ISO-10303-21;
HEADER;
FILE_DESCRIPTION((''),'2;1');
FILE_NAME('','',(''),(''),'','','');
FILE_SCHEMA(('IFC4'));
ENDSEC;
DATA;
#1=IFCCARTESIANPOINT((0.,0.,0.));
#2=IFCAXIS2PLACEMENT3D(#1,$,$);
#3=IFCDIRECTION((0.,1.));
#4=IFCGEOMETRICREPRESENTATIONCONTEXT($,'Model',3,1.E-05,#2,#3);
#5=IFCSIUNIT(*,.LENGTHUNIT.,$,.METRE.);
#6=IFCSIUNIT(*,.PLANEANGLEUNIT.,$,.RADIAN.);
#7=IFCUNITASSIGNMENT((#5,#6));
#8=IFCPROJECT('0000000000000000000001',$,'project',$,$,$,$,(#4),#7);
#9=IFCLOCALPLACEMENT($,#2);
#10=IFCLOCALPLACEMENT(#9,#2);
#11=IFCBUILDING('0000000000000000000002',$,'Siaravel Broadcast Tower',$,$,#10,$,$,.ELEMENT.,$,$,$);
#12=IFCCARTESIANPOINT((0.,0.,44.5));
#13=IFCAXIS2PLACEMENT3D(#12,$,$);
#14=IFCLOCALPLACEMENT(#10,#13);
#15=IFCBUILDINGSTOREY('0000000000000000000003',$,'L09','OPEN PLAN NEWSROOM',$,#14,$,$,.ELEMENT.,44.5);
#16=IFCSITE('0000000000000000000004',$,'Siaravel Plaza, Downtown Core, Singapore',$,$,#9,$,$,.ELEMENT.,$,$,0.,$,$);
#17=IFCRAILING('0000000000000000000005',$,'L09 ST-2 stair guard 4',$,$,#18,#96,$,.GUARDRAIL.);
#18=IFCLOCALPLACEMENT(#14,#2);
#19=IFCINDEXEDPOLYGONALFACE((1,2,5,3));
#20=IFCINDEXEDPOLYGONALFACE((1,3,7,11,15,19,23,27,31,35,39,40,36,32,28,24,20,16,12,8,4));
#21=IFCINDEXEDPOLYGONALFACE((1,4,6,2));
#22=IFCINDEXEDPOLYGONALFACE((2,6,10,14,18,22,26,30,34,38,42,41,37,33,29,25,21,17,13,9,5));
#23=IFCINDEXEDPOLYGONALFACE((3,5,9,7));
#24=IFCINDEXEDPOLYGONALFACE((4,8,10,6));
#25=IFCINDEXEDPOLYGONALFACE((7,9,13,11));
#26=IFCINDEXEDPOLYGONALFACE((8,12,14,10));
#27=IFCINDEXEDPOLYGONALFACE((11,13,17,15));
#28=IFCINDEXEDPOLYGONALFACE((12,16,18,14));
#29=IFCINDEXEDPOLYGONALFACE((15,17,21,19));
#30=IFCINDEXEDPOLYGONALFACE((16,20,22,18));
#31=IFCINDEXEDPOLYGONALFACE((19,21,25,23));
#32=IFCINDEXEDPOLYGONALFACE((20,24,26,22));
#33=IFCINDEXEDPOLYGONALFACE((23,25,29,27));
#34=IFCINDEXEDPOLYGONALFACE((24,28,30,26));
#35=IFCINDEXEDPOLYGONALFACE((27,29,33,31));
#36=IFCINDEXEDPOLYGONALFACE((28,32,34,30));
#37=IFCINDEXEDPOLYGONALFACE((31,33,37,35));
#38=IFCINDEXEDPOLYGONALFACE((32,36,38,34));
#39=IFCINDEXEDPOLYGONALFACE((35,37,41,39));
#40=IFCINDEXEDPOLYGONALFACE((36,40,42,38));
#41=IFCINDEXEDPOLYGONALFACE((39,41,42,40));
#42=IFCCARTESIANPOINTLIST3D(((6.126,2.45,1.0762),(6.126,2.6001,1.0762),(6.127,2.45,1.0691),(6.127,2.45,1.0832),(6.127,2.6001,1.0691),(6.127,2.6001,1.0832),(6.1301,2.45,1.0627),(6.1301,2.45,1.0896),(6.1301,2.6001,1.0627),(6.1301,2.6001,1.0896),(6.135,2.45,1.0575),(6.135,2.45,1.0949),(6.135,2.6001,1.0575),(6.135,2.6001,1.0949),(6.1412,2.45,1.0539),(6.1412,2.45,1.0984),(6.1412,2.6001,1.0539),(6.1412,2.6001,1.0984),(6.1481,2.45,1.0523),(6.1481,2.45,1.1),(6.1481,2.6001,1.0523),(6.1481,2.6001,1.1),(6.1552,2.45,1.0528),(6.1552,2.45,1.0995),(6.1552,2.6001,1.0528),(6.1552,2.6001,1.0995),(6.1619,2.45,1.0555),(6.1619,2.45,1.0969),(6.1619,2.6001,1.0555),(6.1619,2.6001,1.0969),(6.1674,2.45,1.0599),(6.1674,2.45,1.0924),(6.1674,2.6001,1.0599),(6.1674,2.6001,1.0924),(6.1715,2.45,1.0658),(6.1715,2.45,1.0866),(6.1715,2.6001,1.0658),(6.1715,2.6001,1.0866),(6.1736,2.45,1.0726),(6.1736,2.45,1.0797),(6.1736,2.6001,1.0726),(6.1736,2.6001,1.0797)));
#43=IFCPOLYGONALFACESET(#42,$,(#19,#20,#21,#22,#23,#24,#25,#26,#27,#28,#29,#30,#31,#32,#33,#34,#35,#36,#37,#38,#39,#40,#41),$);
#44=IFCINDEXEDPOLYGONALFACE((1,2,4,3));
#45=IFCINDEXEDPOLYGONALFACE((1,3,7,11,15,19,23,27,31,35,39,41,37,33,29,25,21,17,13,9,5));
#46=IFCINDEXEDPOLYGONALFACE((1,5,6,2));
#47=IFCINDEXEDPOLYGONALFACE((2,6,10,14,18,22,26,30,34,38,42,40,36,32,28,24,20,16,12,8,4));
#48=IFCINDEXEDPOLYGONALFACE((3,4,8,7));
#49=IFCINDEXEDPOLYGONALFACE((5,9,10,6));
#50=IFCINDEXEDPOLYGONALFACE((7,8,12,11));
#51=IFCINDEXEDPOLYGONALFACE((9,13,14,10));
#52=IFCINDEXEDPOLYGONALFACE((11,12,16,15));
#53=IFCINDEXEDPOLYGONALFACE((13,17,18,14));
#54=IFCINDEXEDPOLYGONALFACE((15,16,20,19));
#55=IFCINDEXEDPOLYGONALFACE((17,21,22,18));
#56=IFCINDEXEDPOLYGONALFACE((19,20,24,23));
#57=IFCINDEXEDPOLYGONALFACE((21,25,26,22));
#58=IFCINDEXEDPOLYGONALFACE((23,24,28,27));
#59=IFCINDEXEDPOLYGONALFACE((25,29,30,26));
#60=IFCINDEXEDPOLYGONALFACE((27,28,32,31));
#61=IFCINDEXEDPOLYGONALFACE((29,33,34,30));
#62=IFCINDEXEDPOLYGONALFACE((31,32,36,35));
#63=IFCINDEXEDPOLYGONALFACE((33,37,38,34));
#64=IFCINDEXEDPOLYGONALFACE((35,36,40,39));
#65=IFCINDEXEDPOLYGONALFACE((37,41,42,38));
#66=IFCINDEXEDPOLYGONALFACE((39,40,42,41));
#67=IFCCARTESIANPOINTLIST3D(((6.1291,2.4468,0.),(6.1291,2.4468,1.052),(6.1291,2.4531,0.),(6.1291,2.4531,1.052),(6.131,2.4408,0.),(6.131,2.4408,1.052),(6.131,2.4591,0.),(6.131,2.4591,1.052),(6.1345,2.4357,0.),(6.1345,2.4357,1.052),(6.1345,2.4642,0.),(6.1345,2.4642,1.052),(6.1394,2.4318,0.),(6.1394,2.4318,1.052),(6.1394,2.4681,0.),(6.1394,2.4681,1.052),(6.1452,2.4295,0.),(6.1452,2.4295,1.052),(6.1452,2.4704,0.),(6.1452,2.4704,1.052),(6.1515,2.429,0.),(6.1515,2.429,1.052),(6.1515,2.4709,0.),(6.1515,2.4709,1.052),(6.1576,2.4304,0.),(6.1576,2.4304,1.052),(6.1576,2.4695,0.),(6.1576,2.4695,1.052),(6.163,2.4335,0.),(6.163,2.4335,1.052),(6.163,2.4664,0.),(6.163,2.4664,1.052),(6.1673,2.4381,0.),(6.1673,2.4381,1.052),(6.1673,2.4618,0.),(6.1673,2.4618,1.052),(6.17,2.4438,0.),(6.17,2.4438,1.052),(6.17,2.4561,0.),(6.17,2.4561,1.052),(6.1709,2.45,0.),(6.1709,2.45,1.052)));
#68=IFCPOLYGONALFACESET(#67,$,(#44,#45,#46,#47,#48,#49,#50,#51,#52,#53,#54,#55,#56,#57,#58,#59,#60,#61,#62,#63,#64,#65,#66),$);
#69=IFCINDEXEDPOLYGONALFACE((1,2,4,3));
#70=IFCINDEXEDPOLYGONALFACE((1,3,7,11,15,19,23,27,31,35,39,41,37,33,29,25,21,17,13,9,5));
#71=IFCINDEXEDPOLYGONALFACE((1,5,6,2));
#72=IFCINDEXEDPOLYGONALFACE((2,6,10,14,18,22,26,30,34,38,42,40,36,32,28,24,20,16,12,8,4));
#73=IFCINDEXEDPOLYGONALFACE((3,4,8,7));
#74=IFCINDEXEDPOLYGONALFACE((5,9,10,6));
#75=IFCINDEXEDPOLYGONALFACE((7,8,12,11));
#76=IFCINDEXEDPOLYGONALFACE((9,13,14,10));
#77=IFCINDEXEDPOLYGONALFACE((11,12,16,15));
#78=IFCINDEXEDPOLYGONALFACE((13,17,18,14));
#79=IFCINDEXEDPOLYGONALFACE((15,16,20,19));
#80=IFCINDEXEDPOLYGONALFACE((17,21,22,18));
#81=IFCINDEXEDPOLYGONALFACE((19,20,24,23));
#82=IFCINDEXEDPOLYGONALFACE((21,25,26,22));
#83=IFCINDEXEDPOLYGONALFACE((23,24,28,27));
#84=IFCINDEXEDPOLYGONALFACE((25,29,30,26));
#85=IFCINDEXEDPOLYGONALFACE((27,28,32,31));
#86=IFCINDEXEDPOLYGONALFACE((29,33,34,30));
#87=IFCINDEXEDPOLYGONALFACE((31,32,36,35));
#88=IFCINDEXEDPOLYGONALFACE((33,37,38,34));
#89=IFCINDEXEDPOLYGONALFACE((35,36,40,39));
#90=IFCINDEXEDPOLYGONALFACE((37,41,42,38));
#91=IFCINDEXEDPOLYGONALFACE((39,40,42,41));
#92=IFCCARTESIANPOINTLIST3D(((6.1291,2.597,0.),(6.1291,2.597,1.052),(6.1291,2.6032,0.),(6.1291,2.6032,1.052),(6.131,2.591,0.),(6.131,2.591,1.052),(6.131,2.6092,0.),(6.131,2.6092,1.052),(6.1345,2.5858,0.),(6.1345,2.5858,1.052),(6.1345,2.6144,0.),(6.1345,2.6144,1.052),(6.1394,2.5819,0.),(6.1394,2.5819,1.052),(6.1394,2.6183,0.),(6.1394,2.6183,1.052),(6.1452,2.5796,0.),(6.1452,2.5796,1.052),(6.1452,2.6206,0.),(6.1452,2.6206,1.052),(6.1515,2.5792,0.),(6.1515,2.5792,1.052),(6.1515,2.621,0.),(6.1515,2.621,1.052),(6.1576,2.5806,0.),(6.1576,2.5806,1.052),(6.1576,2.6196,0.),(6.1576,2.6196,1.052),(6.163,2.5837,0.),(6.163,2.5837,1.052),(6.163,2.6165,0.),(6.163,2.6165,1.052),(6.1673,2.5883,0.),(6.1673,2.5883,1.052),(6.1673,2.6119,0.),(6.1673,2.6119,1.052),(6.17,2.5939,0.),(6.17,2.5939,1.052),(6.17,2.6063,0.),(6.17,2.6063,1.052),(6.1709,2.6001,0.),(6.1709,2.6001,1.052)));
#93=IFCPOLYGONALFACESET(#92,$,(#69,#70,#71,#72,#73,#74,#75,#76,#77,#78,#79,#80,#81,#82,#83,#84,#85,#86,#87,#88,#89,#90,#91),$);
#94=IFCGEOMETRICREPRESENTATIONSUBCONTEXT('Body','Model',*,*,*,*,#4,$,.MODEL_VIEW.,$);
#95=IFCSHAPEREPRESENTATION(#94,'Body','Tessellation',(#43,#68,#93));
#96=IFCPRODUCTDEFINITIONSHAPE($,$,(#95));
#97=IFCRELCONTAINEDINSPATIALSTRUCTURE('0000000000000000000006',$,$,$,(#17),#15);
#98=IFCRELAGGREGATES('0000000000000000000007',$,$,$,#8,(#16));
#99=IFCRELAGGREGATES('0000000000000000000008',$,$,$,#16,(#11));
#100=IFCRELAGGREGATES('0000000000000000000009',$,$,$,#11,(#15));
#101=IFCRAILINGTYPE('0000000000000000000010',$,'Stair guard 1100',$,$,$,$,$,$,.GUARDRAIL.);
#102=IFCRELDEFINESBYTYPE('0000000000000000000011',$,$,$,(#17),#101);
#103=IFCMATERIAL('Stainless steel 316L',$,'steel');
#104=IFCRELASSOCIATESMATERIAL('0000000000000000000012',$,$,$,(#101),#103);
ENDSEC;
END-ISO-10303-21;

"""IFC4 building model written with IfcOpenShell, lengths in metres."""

from ifc_helpers import new_model, si_unit, direction, frame, origin, origin_2d, place, context, subcontext, project, spatial, circle, extrude, material, type_object, element, save


model = new_model("IFC4")

# Units and contexts
model_context = context("Model", 3, precision=1e-05, world=origin(), true_north=direction((0.0, 1.0)))
body_context = subcontext(model_context, "Body", "Model", "MODEL_VIEW")
ifc_project = project(units=[si_unit("LENGTHUNIT", "METRE"), si_unit("PLANEANGLEUNIT", "RADIAN")], contexts=[model_context])

# Site, building, storey
site_placement = place(None, origin())
site = spatial("IfcSite", under=ifc_project, at=site_placement, Name="Siaravel Plaza, Downtown Core, Singapore", CompositionType="ELEMENT", RefElevation=0.0)
building_placement = place(site_placement, origin())
building = spatial("IfcBuilding", under=site, at=building_placement, Name="Siaravel Broadcast Tower", CompositionType="ELEMENT")
storey_placement = place(building_placement, frame((0.0, 0.0, 44.5)))
storey = spatial("IfcBuildingStorey", under=building, at=storey_placement, Name="L09", Description="OPEN PLAN NEWSROOM", CompositionType="ELEMENT", Elevation=44.5)

# Railing
ifc_material_1 = material(Name="Stainless steel 316L", Category="steel")
railing_type_1 = type_object("IfcRailingType", Name="Stair guard 1100", PredefinedType="GUARDRAIL", material=ifc_material_1)
railing_1_placement = place(storey_placement, frame((6.1499, 2.45, 0.0)))
element("IfcRailing", 1, at=railing_1_placement, inside=storey, type_object=railing_type_1, Name="L09 ST-2 stair guard 4", PredefinedType="GUARDRAIL", context=body_context, shape_type="SweptSolid", body=[
    extrude(circle(Radius=0.0239, at=origin_2d()), frame((0.0, 0.0, 1.0762), z_axis=(0.0, 1.0, 0.0), x_axis=(-1.0, 0.0, 0.0)), (0.0, 0.0, 1.0), 0.1501),
    extrude(circle(Radius=0.021, at=origin_2d()), origin(), (0.0, 0.0, 1.0), 1.052),
    extrude(circle(Radius=0.021, at=origin_2d()), frame((0.0, 0.1501, 0.0)), (0.0, 0.0, 1.0), 1.052),
])

save(model, "model.ifc")
